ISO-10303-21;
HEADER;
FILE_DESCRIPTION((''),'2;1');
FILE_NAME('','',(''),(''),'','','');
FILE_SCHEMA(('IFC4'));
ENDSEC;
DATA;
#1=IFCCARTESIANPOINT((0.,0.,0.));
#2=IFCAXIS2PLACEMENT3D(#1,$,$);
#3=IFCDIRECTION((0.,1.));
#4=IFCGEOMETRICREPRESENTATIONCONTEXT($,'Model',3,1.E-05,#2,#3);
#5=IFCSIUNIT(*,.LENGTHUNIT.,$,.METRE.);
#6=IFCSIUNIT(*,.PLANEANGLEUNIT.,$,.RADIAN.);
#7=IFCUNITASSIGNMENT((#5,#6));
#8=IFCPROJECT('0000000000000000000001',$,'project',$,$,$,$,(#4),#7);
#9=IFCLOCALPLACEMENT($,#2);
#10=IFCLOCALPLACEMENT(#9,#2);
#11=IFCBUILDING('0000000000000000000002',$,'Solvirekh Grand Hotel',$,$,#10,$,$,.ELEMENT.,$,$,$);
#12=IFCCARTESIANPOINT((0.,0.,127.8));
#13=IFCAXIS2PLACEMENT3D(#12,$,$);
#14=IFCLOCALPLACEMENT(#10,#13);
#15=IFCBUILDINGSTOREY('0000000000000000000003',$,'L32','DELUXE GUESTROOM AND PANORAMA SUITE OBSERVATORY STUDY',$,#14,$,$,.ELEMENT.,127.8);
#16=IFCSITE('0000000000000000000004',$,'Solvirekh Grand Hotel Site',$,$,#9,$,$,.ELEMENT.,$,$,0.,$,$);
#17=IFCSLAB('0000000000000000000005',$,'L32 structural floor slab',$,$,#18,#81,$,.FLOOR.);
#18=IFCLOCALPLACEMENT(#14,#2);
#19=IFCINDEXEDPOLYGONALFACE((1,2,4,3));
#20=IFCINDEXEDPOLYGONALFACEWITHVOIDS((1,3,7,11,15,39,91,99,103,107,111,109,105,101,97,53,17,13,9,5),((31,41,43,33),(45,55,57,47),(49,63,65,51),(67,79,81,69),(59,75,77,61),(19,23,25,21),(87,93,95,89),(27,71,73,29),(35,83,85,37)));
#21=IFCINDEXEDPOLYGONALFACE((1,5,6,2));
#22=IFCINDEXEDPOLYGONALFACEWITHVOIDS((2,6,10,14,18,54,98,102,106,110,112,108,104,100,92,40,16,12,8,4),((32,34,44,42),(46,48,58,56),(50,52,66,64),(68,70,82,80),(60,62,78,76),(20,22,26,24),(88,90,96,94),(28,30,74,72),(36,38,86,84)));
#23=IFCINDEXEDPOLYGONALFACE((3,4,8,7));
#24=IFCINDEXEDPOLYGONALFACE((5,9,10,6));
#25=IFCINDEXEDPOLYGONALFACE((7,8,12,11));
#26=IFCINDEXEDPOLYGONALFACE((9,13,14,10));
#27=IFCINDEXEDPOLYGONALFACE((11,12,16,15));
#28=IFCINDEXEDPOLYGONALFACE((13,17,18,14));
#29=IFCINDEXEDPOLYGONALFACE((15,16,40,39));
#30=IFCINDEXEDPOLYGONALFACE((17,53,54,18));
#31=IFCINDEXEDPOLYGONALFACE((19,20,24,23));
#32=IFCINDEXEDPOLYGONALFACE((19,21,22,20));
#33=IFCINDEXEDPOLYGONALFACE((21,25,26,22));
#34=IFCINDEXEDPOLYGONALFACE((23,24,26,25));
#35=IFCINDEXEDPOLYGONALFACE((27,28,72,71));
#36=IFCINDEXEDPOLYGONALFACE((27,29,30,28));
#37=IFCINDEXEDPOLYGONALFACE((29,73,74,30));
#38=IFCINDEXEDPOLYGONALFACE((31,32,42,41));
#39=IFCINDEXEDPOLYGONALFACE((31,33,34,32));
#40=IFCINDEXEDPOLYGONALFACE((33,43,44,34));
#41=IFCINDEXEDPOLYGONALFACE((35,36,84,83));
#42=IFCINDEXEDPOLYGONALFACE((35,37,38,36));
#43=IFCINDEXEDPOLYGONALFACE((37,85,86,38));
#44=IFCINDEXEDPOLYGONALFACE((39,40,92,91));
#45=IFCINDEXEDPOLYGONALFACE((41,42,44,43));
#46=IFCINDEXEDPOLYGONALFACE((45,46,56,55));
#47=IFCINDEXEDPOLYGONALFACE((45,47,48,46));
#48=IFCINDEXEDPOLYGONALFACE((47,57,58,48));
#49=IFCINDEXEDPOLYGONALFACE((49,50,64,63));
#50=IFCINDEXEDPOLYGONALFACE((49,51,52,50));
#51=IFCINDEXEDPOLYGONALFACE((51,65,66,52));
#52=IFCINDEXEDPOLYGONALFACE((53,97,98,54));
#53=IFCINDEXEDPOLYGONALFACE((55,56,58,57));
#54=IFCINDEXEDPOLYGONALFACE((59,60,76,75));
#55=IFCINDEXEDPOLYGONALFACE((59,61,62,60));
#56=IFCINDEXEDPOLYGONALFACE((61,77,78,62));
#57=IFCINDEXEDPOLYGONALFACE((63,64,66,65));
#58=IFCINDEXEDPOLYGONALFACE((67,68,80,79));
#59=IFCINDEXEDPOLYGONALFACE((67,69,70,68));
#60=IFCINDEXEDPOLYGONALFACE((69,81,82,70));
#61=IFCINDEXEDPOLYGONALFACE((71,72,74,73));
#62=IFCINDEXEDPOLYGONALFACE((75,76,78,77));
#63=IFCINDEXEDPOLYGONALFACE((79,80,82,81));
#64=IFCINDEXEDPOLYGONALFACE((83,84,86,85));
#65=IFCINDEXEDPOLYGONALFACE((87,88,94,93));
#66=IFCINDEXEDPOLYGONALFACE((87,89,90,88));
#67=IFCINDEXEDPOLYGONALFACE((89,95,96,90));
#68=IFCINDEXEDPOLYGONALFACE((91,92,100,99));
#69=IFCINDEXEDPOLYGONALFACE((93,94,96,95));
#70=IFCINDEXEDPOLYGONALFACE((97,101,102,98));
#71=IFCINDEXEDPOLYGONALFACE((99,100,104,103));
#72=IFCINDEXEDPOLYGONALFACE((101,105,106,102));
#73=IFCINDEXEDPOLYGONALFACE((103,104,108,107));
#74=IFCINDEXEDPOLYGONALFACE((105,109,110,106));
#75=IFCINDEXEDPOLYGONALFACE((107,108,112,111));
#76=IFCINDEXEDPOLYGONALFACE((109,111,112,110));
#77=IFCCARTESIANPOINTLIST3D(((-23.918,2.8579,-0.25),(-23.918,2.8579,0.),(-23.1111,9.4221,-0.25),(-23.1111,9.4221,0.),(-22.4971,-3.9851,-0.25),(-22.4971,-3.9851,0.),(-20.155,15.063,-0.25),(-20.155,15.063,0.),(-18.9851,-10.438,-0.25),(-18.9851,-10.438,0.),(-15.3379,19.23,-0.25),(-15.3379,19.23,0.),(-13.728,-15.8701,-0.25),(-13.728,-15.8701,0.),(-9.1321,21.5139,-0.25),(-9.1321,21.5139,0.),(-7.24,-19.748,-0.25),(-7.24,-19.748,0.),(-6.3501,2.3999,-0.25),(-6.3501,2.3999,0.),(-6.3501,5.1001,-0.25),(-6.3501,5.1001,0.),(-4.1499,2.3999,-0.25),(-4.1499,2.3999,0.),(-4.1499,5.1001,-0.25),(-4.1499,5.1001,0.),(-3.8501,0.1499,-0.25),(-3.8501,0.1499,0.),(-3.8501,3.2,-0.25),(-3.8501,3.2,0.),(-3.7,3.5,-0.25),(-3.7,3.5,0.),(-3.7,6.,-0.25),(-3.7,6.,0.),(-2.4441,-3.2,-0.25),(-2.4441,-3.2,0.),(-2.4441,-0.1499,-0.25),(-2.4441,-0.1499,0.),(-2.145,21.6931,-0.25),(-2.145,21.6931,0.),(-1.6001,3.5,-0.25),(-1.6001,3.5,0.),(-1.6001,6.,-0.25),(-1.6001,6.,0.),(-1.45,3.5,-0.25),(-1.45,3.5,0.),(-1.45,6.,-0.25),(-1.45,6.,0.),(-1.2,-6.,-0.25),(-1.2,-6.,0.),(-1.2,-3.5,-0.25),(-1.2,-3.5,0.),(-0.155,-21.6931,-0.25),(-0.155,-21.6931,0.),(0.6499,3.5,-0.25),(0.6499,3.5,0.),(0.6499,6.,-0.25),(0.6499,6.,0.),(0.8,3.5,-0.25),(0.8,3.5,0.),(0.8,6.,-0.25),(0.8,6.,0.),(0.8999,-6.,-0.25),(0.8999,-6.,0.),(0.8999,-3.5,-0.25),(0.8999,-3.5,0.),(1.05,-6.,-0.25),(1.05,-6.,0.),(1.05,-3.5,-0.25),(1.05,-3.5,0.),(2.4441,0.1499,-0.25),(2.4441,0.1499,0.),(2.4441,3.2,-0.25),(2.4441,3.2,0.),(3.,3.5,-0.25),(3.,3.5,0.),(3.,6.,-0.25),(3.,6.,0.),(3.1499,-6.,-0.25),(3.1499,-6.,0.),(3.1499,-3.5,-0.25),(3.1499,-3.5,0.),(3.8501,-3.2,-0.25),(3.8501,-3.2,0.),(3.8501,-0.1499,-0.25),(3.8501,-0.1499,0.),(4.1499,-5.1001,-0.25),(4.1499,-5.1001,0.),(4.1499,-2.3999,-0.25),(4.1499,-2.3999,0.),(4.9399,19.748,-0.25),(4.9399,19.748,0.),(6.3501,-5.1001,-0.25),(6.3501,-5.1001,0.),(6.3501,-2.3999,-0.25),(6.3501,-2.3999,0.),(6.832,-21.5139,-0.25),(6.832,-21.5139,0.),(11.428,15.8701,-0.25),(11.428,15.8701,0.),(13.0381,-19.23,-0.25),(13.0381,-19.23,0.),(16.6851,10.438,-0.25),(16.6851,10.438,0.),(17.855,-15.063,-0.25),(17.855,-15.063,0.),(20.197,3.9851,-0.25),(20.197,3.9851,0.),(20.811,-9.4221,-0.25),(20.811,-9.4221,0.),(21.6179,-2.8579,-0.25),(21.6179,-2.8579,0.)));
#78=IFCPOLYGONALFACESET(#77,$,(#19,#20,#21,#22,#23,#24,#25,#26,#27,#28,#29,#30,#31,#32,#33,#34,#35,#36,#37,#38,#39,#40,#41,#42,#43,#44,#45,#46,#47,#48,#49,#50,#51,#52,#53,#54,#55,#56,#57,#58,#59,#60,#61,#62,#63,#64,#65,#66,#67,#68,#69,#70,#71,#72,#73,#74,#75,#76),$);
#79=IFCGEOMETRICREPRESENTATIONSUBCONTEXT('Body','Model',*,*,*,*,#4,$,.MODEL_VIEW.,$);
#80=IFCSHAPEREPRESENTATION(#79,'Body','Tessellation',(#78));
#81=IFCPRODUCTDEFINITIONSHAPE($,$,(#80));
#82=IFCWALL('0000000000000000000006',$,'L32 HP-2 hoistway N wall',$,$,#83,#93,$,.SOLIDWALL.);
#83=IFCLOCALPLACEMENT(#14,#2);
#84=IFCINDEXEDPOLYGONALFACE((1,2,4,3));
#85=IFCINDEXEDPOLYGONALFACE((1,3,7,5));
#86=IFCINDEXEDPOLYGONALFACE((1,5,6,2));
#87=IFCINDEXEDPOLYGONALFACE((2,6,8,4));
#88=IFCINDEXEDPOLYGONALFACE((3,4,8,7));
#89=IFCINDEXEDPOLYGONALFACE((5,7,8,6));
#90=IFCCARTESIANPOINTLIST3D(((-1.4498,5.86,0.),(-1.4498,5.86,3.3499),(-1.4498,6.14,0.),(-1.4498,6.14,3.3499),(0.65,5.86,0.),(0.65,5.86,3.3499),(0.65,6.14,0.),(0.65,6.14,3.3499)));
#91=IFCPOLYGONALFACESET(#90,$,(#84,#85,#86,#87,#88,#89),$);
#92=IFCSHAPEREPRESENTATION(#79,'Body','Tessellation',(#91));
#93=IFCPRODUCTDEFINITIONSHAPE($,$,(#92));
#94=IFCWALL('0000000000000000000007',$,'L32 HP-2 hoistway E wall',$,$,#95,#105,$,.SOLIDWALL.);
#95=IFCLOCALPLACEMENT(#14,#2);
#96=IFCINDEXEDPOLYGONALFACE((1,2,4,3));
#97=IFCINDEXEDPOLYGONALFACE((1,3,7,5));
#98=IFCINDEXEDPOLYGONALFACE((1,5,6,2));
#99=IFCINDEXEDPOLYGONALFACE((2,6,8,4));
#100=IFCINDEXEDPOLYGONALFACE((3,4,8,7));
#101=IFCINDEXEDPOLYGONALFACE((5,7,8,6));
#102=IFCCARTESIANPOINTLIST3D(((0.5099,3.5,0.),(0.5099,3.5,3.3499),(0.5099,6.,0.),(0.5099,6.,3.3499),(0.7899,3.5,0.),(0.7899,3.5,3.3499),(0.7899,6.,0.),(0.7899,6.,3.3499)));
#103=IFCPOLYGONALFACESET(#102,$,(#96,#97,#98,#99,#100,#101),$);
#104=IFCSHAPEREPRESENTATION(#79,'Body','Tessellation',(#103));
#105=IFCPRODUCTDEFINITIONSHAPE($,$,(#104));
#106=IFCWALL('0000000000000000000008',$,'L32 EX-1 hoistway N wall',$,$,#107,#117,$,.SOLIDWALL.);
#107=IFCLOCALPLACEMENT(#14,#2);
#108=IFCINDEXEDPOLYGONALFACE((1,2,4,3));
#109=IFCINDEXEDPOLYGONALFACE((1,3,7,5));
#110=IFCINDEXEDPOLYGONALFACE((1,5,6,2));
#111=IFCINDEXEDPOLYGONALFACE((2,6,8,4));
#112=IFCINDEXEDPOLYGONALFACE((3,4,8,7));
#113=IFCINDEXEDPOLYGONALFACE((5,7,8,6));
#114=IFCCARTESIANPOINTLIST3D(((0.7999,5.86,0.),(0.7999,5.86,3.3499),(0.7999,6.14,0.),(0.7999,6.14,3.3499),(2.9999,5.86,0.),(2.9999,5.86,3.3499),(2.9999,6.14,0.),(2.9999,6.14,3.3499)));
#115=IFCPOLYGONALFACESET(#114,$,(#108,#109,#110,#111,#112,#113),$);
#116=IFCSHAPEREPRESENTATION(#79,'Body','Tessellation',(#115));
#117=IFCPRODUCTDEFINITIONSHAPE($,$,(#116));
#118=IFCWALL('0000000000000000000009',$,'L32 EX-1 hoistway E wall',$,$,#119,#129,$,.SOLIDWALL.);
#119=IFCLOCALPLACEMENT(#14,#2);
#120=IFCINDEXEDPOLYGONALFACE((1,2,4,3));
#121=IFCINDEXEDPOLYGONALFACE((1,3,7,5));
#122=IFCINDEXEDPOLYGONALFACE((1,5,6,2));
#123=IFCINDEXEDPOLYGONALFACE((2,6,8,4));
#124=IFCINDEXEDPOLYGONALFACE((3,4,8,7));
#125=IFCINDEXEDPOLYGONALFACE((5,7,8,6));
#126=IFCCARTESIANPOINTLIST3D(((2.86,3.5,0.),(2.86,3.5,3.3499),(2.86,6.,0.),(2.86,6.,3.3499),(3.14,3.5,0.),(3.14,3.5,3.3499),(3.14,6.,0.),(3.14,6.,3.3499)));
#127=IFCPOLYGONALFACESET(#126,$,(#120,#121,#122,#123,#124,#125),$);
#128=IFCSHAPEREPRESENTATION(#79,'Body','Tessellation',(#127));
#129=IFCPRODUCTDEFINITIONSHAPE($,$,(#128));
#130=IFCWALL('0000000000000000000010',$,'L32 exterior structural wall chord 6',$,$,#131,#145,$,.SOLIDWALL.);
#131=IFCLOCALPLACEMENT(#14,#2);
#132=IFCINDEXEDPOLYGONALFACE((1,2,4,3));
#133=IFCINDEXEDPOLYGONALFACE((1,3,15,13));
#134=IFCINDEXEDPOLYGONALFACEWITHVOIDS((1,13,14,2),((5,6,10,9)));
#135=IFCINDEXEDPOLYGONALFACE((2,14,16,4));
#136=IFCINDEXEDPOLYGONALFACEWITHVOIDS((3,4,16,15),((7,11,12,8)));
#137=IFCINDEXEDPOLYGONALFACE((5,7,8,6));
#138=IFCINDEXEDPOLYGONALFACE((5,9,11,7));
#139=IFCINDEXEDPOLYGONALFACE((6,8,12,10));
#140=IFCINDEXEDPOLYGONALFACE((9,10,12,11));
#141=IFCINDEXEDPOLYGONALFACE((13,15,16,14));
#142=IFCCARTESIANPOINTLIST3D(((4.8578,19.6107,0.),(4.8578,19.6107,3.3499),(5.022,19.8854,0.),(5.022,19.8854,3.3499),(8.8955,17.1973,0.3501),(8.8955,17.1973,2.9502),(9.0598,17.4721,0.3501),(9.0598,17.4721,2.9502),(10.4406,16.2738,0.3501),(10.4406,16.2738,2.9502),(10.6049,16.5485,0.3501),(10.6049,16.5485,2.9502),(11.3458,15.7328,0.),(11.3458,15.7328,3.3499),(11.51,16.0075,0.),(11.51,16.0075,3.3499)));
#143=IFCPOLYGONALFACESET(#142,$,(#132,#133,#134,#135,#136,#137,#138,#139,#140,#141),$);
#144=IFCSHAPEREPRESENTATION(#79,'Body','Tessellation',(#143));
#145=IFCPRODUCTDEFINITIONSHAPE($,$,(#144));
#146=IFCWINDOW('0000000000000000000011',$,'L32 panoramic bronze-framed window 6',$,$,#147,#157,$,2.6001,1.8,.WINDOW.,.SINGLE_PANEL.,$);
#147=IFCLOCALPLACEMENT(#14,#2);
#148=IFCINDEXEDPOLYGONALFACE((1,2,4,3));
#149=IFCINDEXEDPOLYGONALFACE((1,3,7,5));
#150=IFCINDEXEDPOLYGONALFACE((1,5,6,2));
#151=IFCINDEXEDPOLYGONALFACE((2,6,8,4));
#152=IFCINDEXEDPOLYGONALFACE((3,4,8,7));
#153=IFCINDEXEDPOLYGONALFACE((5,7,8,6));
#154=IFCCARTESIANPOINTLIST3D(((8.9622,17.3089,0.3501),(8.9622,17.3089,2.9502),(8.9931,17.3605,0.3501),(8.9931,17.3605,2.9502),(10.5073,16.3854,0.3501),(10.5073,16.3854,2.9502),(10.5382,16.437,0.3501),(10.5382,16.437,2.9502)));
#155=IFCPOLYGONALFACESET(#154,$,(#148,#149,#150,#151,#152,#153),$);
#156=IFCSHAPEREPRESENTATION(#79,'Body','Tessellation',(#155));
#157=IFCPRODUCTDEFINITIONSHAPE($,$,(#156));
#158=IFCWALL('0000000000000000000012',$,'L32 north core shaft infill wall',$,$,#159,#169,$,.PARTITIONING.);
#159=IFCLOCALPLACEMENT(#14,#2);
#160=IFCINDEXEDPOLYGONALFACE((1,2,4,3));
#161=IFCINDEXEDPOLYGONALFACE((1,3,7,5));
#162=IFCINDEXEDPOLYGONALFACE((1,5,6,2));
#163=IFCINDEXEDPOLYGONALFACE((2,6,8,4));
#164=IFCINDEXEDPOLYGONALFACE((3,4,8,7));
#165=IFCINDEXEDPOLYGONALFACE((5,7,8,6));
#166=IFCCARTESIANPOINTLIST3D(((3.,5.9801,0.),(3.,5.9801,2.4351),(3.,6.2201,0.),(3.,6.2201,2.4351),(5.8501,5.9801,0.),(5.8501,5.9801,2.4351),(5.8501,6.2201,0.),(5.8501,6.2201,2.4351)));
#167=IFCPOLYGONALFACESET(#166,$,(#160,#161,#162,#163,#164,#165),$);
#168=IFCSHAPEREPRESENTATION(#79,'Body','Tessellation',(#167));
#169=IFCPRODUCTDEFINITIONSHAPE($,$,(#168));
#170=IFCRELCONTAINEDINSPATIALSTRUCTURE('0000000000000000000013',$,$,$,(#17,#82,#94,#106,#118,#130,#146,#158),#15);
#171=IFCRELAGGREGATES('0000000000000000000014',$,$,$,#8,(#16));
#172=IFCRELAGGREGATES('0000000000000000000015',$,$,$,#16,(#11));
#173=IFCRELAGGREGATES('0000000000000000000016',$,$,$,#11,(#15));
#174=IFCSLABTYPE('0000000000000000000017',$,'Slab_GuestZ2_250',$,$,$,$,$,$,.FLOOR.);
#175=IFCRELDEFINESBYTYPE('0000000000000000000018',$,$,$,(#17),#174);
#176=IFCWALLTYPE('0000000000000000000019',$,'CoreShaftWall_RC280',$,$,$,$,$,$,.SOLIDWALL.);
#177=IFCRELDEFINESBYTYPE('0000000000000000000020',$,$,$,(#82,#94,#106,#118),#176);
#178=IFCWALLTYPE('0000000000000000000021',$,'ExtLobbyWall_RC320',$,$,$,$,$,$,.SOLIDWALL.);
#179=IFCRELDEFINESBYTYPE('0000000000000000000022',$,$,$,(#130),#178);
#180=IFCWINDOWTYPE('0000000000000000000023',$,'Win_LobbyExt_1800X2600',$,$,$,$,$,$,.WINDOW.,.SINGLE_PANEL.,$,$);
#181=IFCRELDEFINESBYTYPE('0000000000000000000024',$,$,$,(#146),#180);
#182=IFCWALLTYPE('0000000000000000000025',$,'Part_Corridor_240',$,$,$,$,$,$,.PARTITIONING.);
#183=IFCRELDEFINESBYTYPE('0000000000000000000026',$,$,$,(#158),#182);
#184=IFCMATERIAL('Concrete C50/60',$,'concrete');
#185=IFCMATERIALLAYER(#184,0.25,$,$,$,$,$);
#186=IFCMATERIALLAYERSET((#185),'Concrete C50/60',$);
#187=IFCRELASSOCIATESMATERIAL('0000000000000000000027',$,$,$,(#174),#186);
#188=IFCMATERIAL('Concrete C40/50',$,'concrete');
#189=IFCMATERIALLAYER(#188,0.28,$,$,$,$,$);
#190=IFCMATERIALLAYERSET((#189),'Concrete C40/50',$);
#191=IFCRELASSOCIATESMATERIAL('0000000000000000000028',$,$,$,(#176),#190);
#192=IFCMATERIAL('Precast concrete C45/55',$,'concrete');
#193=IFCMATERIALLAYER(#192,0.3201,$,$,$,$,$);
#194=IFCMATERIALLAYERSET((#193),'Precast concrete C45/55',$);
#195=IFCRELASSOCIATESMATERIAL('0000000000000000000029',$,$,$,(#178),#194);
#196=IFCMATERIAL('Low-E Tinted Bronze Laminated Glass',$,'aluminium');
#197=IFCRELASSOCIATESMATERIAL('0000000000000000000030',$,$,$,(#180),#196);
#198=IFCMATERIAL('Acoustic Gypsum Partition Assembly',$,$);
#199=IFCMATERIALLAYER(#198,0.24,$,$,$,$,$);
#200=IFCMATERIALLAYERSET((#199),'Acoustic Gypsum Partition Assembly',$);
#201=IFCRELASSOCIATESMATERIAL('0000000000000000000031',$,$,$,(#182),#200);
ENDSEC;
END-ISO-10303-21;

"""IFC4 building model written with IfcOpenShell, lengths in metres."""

from ifc_helpers import new_model, si_unit, direction, frame, frame_2d, origin, place, context, subcontext, project, spatial, polyline, rectangle, outline, extrude, material, layer, layer_set, type_object, element, fill, save


model = new_model("IFC4")

# Units and contexts
model_context = context("Model", 3, precision=1e-05, world=origin(), true_north=direction((0.0, 1.0)))
body_context = subcontext(model_context, "Body", "Model", "MODEL_VIEW")
ifc_project = project(units=[si_unit("LENGTHUNIT", "METRE"), si_unit("PLANEANGLEUNIT", "RADIAN")], contexts=[model_context])

# Site, building, storey
site_placement = place(None, origin())
site = spatial("IfcSite", under=ifc_project, at=site_placement, Name="Solvirekh Grand Hotel Site", CompositionType="ELEMENT", RefElevation=0.0)
building_placement = place(site_placement, origin())
building = spatial("IfcBuilding", under=site, at=building_placement, Name="Solvirekh Grand Hotel", CompositionType="ELEMENT")
storey_placement = place(building_placement, frame((0.0, 0.0, 127.8)))
storey = spatial("IfcBuildingStorey", under=building, at=storey_placement, Name="L32", Description="DELUXE GUESTROOM AND PANORAMA SUITE OBSERVATORY STUDY", CompositionType="ELEMENT", Elevation=127.8)

# Shared definitions
ifc_material_1 = material(Name="Concrete C50/60", Category="concrete")

# Shared definitions
ifc_material_2 = material(Name="Concrete C40/50", Category="concrete")

# Slab
ifc_layer_1 = layer(ifc_material_1, 0.25)
ifc_layer_set_1 = layer_set([ifc_layer_1], Name="Concrete C50/60")
slab_type_1 = type_object("IfcSlabType", Name="Slab_GuestZ2_250", PredefinedType="FLOOR", material=ifc_layer_set_1)
slab_1_placement = place(storey_placement, frame((0.0, 0.0, -0.25)))
element("IfcSlab", 1, at=slab_1_placement, inside=storey, type_object=slab_type_1, Name="L32 structural floor slab", PredefinedType="FLOOR", context=body_context, shape_type="SweptSolid", body=[
    extrude(outline(polyline([(17.855, -15.063), (20.811, -9.4221), (21.6179, -2.8579), (20.197, 3.9851), (16.6851, 10.438), (11.428, 15.8701), (4.9399, 19.748), (-2.145, 21.6931), (-9.1321, 21.5139), (-15.3379, 19.23), (-20.155, 15.063), (-23.1111, 9.4221), (-23.918, 2.8579), (-22.4971, -3.9851), (-18.9851, -10.438), (-13.728, -15.8701), (-7.24, -19.748), (-0.155, -21.6931), (6.832, -21.5139), (13.0381, -19.23), (17.855, -15.063)]), holes=[polyline([(-2.4441, -0.1499), (3.8501, -0.1499), (3.8501, -3.2), (-2.4441, -3.2), (-2.4441, -0.1499)]), polyline([(2.4441, 0.1499), (-3.8501, 0.1499), (-3.8501, 3.2), (2.4441, 3.2), (2.4441, 0.1499)]), polyline([(-1.2, -3.5), (0.8999, -3.5), (0.8999, -6.0), (-1.2, -6.0), (-1.2, -3.5)]), polyline([(1.05, -3.5), (3.1499, -3.5), (3.1499, -6.0), (1.05, -6.0), (1.05, -3.5)]), polyline([(-3.7, 6.0), (-1.6001, 6.0), (-1.6001, 3.5), (-3.7, 3.5), (-3.7, 6.0)]), polyline([(-1.45, 6.0), (0.6499, 6.0), (0.6499, 3.5), (-1.45, 3.5), (-1.45, 6.0)]), polyline([(0.8, 6.0), (3.0, 6.0), (3.0, 3.5), (0.8, 3.5), (0.8, 6.0)]), polyline([(-6.3501, 5.1001), (-4.1499, 5.1001), (-4.1499, 2.3999), (-6.3501, 2.3999), (-6.3501, 5.1001)]), polyline([(4.1499, -2.3999), (6.3501, -2.3999), (6.3501, -5.1001), (4.1499, -5.1001), (4.1499, -2.3999)])]), origin(), (0.0, 0.0, 1.0), 0.25),
])

# Walls
ifc_layer_2 = layer(ifc_material_2, 0.28)
ifc_layer_set_2 = layer_set([ifc_layer_2], Name="Concrete C40/50")
wall_type_1 = type_object("IfcWallType", Name="CoreShaftWall_RC280", PredefinedType="SOLIDWALL", material=ifc_layer_set_2)
wall_1_placement = place(storey_placement, frame((0.6499, 6.0, 0.0), z_axis=(0.0, 0.0, 1.0), x_axis=(-1.0, 0.0, 0.0)))
element("IfcWall", 2, at=wall_1_placement, inside=storey, type_object=wall_type_1, Name="L32 HP-2 hoistway N wall", PredefinedType="SOLIDWALL", context=body_context, shape_type="SweptSolid", body=[
    extrude(rectangle(XDim=2.0999, YDim=0.28, at=frame_2d((1.0498, 0.0))), origin(), (0.0, 0.0, 1.0), 3.3499),
])
wall_2_placement = place(storey_placement, frame((0.6499, 3.5, 0.0), z_axis=(0.0, 0.0, 1.0), x_axis=(0.0, 1.0, 0.0)))
element("IfcWall", 3, at=wall_2_placement, inside=storey, type_object=wall_type_1, Name="L32 HP-2 hoistway E wall", PredefinedType="SOLIDWALL", context=body_context, shape_type="SweptSolid", body=[
    extrude(rectangle(XDim=2.5, YDim=0.28, at=frame_2d((1.25, 0.0))), origin(), (0.0, 0.0, 1.0), 3.3499),
])
wall_3_placement = place(storey_placement, frame((3.0, 6.0, 0.0), z_axis=(0.0, 0.0, 1.0), x_axis=(-1.0, 0.0, 0.0)))
element("IfcWall", 4, at=wall_3_placement, inside=storey, type_object=wall_type_1, Name="L32 EX-1 hoistway N wall", PredefinedType="SOLIDWALL", context=body_context, shape_type="SweptSolid", body=[
    extrude(rectangle(XDim=2.2, YDim=0.28, at=frame_2d((1.1001, 0.0))), origin(), (0.0, 0.0, 1.0), 3.3499),
])
wall_4_placement = place(storey_placement, frame((3.0, 3.5, 0.0), z_axis=(0.0, 0.0, 1.0), x_axis=(0.0, 1.0, 0.0)))
element("IfcWall", 5, at=wall_4_placement, inside=storey, type_object=wall_type_1, Name="L32 EX-1 hoistway E wall", PredefinedType="SOLIDWALL", context=body_context, shape_type="SweptSolid", body=[
    extrude(rectangle(XDim=2.5, YDim=0.28, at=frame_2d((1.25, 0.0))), origin(), (0.0, 0.0, 1.0), 3.3499),
])

# Wall, opening, window
ifc_material_3 = material(Name="Precast concrete C45/55", Category="concrete")
ifc_layer_3 = layer(ifc_material_3, 0.3201)
ifc_layer_set_3 = layer_set([ifc_layer_3], Name="Precast concrete C45/55")
wall_type_2 = type_object("IfcWallType", Name="ExtLobbyWall_RC320", PredefinedType="SOLIDWALL", material=ifc_layer_set_3)
wall_5_placement = place(storey_placement, frame((4.9399, 19.748, 0.0), z_axis=(0.0, 0.0, 1.0), x_axis=(0.858361, -0.513046, 0.0)))
wall_5 = element("IfcWall", 6, at=wall_5_placement, inside=storey, type_object=wall_type_2, Name="L32 exterior structural wall chord 6", PredefinedType="SOLIDWALL", context=body_context, shape_type="SweptSolid", body=[
    extrude(rectangle(XDim=7.5586, YDim=0.3201, at=frame_2d((3.7793, 0.0))), origin(), (0.0, 0.0, 1.0), 3.3499),
])
opening_1_placement = place(wall_5_placement, frame((4.7041, 0.0, 0.3501)))
opening_1 = element("IfcOpeningElement", 7, at=opening_1_placement, cuts=wall_5, PredefinedType="OPENING", context=body_context, shape_type="SweptSolid", body=[
    extrude(rectangle(XDim=1.8, YDim=2.6001, at=frame_2d((0.8999, 1.3))), frame((0.0, 0.1699, 0.0), z_axis=(0.0, -1.0, 0.0), x_axis=(1.0, 0.0, 0.0)), (0.0, 0.0, 1.0), 0.3401),
])
ifc_material_4 = material(Name="Low-E Tinted Bronze Laminated Glass", Category="aluminium")
window_type = type_object("IfcWindowType", Name="Win_LobbyExt_1800X2600", PartitioningType="SINGLE_PANEL", PredefinedType="WINDOW", material=ifc_material_4)
window_placement = place(opening_1_placement, origin())
window = element("IfcWindow", 8, at=window_placement, inside=storey, type_object=window_type, Name="L32 panoramic bronze-framed window 6", OverallHeight=2.6001, OverallWidth=1.8, PartitioningType="SINGLE_PANEL", PredefinedType="WINDOW", context=body_context, shape_type="SweptSolid", body=[
    extrude(rectangle(XDim=1.8, YDim=2.6001, at=frame_2d((0.8999, 1.3))), frame((0.0, 0.03, 0.0), z_axis=(0.0, -1.0, 0.0), x_axis=(1.0, 0.0, 0.0)), (0.0, 0.0, 1.0), 0.0601),
])
fill(opening_1, window)

# Wall
ifc_material_5 = material(Name="Acoustic Gypsum Partition Assembly")
ifc_layer_4 = layer(ifc_material_5, 0.24)
ifc_layer_set_4 = layer_set([ifc_layer_4], Name="Acoustic Gypsum Partition Assembly")
wall_type_3 = type_object("IfcWallType", Name="Part_Corridor_240", PredefinedType="PARTITIONING", material=ifc_layer_set_4)
wall_6_placement = place(storey_placement, frame((3.0, 6.1001, 0.0), z_axis=(0.0, 0.0, 1.0), x_axis=(1.0, 0.0, 0.0)))
element("IfcWall", 9, at=wall_6_placement, inside=storey, type_object=wall_type_3, Name="L32 north core shaft infill wall", PredefinedType="PARTITIONING", context=body_context, shape_type="SweptSolid", body=[
    extrude(rectangle(XDim=2.8501, YDim=0.24, at=frame_2d((1.425, 0.0))), origin(), (0.0, 0.0, 1.0), 2.4351),
])

save(model, "model.ifc")
